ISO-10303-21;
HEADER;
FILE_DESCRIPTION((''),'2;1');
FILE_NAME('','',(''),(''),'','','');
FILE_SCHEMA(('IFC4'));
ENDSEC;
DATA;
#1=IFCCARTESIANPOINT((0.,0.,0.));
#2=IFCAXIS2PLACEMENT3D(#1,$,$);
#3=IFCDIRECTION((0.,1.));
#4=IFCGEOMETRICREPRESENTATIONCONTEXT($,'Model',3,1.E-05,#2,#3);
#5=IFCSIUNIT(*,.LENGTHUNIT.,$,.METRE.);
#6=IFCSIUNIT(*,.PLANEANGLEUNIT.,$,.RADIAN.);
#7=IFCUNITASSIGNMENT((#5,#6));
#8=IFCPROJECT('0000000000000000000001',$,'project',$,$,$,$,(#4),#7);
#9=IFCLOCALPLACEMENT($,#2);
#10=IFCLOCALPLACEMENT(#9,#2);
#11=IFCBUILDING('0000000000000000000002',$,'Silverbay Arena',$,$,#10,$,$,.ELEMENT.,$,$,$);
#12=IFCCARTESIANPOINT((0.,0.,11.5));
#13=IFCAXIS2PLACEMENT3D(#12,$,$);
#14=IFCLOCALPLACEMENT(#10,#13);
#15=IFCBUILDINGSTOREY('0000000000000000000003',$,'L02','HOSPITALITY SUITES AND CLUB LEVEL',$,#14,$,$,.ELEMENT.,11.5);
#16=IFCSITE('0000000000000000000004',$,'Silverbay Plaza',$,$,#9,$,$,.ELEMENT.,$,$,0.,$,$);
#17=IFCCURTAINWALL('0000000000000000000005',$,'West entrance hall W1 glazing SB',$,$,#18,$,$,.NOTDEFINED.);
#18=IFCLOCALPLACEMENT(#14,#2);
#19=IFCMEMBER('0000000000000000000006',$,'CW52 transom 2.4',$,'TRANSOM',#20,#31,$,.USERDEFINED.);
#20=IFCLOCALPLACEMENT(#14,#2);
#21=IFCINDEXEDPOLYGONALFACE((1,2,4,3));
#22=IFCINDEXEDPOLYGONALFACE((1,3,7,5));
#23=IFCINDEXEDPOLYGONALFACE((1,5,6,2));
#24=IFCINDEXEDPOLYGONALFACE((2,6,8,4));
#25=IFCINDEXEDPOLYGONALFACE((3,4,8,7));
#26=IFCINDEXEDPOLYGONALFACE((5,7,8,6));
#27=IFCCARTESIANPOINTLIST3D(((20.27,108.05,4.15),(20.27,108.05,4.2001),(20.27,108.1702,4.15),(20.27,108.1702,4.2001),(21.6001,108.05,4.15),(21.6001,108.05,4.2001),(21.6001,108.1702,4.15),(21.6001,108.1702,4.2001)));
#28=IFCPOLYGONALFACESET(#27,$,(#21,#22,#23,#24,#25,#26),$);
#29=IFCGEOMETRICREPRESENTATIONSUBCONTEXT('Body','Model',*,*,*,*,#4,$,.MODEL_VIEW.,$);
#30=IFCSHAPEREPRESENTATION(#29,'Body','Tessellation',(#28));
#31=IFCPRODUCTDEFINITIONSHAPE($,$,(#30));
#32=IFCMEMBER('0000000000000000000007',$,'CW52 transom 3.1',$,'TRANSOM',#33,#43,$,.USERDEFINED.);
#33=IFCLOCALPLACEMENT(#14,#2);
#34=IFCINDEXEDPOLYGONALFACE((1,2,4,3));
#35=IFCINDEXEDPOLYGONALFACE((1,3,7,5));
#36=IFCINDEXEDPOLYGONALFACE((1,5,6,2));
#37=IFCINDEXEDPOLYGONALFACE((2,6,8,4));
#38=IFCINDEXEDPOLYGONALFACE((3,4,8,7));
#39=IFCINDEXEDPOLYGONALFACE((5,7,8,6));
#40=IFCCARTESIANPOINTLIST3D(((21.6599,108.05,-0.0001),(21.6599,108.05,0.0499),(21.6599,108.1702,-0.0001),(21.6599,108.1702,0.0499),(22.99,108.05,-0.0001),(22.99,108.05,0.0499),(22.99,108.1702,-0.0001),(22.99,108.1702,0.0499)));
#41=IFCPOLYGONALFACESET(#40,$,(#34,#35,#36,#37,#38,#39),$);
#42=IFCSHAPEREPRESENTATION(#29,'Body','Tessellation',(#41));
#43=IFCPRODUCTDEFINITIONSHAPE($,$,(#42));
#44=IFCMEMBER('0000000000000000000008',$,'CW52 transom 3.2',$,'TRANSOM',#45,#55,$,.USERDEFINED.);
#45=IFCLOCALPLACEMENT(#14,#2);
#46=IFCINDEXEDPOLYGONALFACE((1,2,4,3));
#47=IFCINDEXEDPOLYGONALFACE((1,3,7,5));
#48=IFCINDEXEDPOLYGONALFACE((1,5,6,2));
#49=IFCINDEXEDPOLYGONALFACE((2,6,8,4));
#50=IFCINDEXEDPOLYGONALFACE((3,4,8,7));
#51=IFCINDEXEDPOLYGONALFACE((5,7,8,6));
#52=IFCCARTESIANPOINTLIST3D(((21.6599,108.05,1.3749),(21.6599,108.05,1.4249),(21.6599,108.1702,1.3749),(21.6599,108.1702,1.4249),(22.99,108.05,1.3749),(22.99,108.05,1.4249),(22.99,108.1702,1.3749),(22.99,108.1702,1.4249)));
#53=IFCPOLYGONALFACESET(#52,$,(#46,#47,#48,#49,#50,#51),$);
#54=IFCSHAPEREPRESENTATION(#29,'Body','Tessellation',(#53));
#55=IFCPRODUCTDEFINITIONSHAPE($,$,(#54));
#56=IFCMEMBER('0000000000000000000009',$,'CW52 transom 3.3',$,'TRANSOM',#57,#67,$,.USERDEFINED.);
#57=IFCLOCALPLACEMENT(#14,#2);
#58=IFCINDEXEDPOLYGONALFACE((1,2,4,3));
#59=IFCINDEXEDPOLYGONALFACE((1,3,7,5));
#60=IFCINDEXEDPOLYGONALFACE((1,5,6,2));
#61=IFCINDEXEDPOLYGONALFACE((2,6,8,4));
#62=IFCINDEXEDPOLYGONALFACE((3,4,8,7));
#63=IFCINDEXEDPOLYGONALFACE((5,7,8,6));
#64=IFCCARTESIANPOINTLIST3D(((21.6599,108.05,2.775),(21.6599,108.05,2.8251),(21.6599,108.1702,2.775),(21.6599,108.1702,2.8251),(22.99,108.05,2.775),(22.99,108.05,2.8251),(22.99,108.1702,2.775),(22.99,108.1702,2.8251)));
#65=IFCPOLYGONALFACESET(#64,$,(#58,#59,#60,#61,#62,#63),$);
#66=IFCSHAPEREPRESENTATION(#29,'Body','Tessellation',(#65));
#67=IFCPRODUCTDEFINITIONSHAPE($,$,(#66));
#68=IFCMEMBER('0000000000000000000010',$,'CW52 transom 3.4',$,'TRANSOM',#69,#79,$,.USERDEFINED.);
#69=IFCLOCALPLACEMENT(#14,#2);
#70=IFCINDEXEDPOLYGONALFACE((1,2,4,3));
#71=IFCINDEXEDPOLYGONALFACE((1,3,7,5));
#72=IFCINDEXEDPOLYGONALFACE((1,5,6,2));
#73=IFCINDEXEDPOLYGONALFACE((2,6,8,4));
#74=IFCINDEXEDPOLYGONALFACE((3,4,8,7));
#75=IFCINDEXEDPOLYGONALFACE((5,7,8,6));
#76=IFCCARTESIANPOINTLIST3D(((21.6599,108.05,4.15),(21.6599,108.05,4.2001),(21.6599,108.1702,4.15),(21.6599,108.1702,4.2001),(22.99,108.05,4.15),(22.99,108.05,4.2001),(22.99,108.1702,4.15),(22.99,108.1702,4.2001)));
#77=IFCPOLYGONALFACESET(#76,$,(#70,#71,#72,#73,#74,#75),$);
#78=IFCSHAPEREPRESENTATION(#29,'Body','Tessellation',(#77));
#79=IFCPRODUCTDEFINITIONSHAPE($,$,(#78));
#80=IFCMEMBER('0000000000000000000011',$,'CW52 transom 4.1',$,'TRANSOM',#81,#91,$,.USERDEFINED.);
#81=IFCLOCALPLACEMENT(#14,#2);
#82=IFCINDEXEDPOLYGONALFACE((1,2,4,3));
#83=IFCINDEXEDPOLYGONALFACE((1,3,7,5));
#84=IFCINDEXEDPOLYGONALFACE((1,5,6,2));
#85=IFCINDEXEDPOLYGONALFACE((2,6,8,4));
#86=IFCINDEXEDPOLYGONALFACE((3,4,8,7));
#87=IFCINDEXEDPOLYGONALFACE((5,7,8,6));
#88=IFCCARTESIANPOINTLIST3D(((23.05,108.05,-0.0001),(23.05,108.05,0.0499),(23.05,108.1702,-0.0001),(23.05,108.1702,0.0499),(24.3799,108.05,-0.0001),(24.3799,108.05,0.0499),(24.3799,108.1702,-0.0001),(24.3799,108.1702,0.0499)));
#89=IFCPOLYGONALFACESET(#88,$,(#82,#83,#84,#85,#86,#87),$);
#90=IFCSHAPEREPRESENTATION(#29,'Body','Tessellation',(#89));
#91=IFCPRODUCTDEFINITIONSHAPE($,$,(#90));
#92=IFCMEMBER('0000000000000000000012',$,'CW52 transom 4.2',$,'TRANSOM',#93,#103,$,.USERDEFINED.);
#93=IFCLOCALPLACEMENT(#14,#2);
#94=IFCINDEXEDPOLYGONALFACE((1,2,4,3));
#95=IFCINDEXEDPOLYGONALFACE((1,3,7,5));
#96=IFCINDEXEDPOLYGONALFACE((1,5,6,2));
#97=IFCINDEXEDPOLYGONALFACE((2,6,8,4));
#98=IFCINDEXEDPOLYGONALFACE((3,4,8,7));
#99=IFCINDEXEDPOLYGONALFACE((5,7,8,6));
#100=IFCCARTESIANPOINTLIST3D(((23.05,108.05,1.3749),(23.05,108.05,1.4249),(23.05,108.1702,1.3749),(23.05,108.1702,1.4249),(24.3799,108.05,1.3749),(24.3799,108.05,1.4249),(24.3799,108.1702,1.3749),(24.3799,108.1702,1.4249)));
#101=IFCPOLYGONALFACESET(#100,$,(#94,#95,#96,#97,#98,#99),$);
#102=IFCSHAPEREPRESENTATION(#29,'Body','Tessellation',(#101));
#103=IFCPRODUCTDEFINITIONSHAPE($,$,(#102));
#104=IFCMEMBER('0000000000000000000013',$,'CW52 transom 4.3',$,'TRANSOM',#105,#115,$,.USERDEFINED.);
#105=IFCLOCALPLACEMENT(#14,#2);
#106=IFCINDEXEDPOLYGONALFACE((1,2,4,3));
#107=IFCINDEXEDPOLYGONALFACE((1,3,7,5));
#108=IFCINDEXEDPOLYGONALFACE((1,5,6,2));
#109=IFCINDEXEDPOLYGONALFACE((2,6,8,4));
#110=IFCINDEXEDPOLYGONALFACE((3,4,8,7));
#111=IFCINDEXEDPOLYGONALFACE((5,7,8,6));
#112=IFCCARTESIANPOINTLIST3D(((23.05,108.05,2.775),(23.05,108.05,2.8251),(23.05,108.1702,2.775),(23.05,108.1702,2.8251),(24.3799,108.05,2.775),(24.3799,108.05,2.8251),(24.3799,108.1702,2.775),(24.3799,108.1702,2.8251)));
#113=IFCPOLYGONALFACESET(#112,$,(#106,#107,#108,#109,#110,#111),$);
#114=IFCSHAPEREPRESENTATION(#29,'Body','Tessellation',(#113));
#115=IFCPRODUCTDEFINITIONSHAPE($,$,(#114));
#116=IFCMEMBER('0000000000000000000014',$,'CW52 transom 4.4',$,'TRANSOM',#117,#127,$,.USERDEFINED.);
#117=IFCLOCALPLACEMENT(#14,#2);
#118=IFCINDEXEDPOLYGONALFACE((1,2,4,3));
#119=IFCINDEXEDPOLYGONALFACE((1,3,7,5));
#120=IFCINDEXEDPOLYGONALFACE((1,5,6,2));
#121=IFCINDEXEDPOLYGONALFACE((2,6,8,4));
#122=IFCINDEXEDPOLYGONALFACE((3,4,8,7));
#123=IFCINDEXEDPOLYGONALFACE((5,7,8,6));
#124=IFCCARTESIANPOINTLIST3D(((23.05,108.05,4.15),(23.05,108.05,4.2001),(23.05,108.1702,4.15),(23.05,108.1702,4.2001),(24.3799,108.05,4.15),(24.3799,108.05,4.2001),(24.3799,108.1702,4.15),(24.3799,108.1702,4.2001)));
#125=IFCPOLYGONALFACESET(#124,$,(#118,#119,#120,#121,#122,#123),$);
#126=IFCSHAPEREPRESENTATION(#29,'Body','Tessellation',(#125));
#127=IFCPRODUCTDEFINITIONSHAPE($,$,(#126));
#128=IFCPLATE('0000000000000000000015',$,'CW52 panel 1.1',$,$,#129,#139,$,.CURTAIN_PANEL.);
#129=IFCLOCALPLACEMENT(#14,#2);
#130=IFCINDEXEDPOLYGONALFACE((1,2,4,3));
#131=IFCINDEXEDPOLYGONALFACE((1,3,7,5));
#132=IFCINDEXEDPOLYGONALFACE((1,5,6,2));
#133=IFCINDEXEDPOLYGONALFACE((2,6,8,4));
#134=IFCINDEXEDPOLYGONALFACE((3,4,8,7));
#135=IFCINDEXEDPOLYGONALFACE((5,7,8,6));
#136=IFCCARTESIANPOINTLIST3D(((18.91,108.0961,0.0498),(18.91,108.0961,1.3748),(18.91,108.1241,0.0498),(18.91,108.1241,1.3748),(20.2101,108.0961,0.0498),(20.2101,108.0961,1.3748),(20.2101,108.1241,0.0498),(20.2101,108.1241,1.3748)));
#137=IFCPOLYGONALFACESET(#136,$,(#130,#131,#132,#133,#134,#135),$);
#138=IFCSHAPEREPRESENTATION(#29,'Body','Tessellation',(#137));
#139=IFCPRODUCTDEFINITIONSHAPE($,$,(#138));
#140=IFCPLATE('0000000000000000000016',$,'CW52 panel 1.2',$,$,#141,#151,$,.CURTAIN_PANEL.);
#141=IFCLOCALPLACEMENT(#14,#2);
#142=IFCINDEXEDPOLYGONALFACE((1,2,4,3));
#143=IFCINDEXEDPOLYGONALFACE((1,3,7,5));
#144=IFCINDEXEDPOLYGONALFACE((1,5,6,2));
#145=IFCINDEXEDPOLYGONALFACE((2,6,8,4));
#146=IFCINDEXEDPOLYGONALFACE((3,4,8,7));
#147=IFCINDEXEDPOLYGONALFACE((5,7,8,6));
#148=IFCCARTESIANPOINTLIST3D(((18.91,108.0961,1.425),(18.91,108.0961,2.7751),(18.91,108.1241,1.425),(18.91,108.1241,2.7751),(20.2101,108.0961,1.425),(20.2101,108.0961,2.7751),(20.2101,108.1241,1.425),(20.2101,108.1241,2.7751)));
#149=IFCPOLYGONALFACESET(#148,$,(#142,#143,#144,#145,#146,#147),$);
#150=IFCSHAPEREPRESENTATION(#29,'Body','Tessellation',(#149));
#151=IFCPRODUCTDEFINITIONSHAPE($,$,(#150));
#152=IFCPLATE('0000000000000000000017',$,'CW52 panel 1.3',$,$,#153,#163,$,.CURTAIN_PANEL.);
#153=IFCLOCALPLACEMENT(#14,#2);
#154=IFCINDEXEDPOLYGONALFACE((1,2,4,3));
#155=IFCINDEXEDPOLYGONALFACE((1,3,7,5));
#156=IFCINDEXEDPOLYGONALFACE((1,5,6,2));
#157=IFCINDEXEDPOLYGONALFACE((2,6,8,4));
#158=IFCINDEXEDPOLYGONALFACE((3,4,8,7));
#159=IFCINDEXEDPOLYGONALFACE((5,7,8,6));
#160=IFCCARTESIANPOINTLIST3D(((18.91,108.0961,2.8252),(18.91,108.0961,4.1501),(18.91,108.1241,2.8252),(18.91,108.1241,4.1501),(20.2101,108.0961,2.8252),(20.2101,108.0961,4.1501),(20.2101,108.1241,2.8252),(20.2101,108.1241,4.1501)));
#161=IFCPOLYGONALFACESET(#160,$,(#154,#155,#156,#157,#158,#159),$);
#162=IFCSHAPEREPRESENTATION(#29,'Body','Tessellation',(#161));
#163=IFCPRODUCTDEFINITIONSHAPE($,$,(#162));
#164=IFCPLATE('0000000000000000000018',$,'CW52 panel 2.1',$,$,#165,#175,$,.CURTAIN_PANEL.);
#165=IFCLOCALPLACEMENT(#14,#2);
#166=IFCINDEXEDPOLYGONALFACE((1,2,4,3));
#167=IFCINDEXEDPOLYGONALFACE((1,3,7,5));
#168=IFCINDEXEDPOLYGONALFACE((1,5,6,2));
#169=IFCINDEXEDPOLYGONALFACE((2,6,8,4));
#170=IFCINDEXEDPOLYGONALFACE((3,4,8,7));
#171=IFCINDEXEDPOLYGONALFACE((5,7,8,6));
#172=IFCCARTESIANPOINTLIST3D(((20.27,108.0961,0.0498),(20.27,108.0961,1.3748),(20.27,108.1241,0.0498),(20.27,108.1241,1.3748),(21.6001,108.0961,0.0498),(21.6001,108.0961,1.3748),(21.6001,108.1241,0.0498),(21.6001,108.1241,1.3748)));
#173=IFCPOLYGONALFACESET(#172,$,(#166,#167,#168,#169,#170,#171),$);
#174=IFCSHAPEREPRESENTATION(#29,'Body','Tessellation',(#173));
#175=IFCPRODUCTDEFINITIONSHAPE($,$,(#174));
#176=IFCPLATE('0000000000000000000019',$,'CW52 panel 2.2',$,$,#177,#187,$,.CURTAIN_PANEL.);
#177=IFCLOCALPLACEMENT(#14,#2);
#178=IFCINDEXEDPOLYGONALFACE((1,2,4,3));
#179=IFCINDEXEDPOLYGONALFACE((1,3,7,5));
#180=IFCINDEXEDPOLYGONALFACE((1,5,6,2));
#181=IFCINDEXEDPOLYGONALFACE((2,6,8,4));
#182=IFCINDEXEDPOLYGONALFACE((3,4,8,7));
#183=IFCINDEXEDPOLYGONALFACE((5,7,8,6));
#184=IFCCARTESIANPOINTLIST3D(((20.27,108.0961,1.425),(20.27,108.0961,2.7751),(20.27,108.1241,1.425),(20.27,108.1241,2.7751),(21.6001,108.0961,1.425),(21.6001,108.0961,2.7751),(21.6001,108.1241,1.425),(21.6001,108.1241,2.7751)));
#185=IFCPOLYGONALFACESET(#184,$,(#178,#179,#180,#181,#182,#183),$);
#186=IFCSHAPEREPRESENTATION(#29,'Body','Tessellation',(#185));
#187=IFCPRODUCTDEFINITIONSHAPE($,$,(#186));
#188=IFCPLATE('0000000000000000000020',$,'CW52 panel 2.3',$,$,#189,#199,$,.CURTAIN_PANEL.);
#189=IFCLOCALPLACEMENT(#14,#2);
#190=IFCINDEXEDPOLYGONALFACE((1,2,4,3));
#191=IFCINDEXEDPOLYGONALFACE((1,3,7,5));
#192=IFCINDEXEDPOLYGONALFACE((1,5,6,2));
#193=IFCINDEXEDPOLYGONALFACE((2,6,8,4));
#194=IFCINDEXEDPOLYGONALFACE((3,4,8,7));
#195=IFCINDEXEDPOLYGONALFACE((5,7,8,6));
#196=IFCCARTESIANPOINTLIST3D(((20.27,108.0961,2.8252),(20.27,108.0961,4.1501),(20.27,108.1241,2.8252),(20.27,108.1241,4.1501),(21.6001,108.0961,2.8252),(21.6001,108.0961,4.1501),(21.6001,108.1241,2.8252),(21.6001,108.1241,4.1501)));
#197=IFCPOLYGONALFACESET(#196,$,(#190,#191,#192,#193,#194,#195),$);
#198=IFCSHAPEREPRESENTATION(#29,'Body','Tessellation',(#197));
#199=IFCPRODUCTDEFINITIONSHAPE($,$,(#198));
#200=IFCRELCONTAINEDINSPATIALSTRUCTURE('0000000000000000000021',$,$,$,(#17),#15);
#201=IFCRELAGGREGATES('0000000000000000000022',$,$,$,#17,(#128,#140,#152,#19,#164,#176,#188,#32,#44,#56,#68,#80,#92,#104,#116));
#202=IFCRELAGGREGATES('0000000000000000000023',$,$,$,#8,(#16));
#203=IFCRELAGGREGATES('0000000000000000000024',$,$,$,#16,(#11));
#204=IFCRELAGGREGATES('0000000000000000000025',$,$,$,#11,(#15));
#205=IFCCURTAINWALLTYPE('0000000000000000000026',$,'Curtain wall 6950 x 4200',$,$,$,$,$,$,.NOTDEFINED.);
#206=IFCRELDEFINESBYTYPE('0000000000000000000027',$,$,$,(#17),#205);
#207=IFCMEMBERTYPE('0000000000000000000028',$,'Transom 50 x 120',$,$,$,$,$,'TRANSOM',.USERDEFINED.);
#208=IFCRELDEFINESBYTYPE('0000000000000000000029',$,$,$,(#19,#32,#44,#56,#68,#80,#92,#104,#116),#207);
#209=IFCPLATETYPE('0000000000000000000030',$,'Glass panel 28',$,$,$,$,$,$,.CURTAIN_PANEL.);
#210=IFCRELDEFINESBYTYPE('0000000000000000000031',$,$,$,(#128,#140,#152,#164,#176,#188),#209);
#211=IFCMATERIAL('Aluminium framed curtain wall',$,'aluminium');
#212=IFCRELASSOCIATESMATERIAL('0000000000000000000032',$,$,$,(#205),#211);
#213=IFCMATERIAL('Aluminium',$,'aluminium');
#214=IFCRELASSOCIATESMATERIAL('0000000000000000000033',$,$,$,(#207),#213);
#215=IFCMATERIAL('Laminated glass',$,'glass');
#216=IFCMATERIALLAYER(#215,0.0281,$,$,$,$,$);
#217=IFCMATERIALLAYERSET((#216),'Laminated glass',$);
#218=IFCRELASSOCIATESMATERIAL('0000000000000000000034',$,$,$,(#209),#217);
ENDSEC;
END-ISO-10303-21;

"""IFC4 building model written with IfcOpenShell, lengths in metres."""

from ifc_helpers import new_model, si_unit, direction, frame, origin, origin_2d, place, context, subcontext, project, spatial, rectangle, extrude, material, layer, layer_set, material_profile, profile_set, type_object, element, aggregate, save


model = new_model("IFC4")

# Units and contexts
model_context = context("Model", 3, precision=1e-05, world=origin(), true_north=direction((0.0, 1.0)))
body_context = subcontext(model_context, "Body", "Model", "MODEL_VIEW")
ifc_project = project(units=[si_unit("LENGTHUNIT", "METRE"), si_unit("PLANEANGLEUNIT", "RADIAN")], contexts=[model_context])

# Site, building, storey
site_placement = place(None, origin())
site = spatial("IfcSite", under=ifc_project, at=site_placement, Name="Silverbay Plaza", CompositionType="ELEMENT", RefElevation=0.0)
building_placement = place(site_placement, origin())
building = spatial("IfcBuilding", under=site, at=building_placement, Name="Silverbay Arena", CompositionType="ELEMENT")
storey_placement = place(building_placement, frame((0.0, 0.0, 11.5)))
storey = spatial("IfcBuildingStorey", under=building, at=storey_placement, Name="L02", Description="HOSPITALITY SUITES AND CLUB LEVEL", CompositionType="ELEMENT", Elevation=11.5)

# Curtain wall
ifc_material_1 = material(Name="Aluminium framed curtain wall", Category="aluminium")
curtain_wall_type = type_object("IfcCurtainWallType", Name="Curtain wall 6950 x 4200", PredefinedType="NOTDEFINED", material=ifc_material_1)
curtain_wall_placement = place(storey_placement, origin())
curtain_wall = element("IfcCurtainWall", 1, at=curtain_wall_placement, inside=storey, type_object=curtain_wall_type, Name="West entrance hall W1 glazing SB", PredefinedType="NOTDEFINED")

# Members
ifc_material_2 = material(Name="Aluminium", Category="aluminium")
ifc_material_profile_1 = material_profile(ifc_material_2, rectangle(XDim=0.1201, YDim=0.05, at=origin_2d()), Name="Transom 50 x 120")
ifc_profile_set_1 = profile_set([ifc_material_profile_1], Name="Aluminium")
member_type_1 = type_object("IfcMemberType", Name="Transom 50 x 120", ElementType="TRANSOM", PredefinedType="USERDEFINED", material=ifc_profile_set_1)
member_1_placement = place(storey_placement, frame((20.27, 108.1101, 4.175), z_axis=(1.0, 0.0, 0.0), x_axis=(0.0, 1.0, 0.0)))
member_1 = element("IfcMember", 2, at=member_1_placement, type_object=member_type_1, Name="CW52 transom 2.4", ObjectType="TRANSOM", PredefinedType="USERDEFINED", context=body_context, shape_type="SweptSolid", body=[
    extrude(rectangle(XDim=0.1201, YDim=0.05, at=origin_2d()), origin(), (0.0, 0.0, 1.0), 1.3301),
])
member_2_placement = place(storey_placement, frame((21.6599, 108.1101, 0.0249), z_axis=(1.0, 0.0, 0.0), x_axis=(0.0, 1.0, 0.0)))
member_2 = element("IfcMember", 3, at=member_2_placement, type_object=member_type_1, Name="CW52 transom 3.1", ObjectType="TRANSOM", PredefinedType="USERDEFINED", context=body_context, shape_type="SweptSolid", body=[
    extrude(rectangle(XDim=0.1201, YDim=0.05, at=origin_2d()), origin(), (0.0, 0.0, 1.0), 1.3301),
])
member_3_placement = place(storey_placement, frame((21.6599, 108.1101, 1.3999), z_axis=(1.0, 0.0, 0.0), x_axis=(0.0, 1.0, 0.0)))
member_3 = element("IfcMember", 4, at=member_3_placement, type_object=member_type_1, Name="CW52 transom 3.2", ObjectType="TRANSOM", PredefinedType="USERDEFINED", context=body_context, shape_type="SweptSolid", body=[
    extrude(rectangle(XDim=0.1201, YDim=0.05, at=origin_2d()), origin(), (0.0, 0.0, 1.0), 1.3301),
])
member_4_placement = place(storey_placement, frame((21.6599, 108.1101, 2.8), z_axis=(1.0, 0.0, 0.0), x_axis=(0.0, 1.0, 0.0)))
member_4 = element("IfcMember", 5, at=member_4_placement, type_object=member_type_1, Name="CW52 transom 3.3", ObjectType="TRANSOM", PredefinedType="USERDEFINED", context=body_context, shape_type="SweptSolid", body=[
    extrude(rectangle(XDim=0.1201, YDim=0.05, at=origin_2d()), origin(), (0.0, 0.0, 1.0), 1.3301),
])
member_5_placement = place(storey_placement, frame((21.6599, 108.1101, 4.175), z_axis=(1.0, 0.0, 0.0), x_axis=(0.0, 1.0, 0.0)))
member_5 = element("IfcMember", 6, at=member_5_placement, type_object=member_type_1, Name="CW52 transom 3.4", ObjectType="TRANSOM", PredefinedType="USERDEFINED", context=body_context, shape_type="SweptSolid", body=[
    extrude(rectangle(XDim=0.1201, YDim=0.05, at=origin_2d()), origin(), (0.0, 0.0, 1.0), 1.3301),
])
member_6_placement = place(storey_placement, frame((23.05, 108.1101, 0.0249), z_axis=(1.0, 0.0, 0.0), x_axis=(0.0, 1.0, 0.0)))
member_6 = element("IfcMember", 7, at=member_6_placement, type_object=member_type_1, Name="CW52 transom 4.1", ObjectType="TRANSOM", PredefinedType="USERDEFINED", context=body_context, shape_type="SweptSolid", body=[
    extrude(rectangle(XDim=0.1201, YDim=0.05, at=origin_2d()), origin(), (0.0, 0.0, 1.0), 1.3298),
])
member_7_placement = place(storey_placement, frame((23.05, 108.1101, 1.3999), z_axis=(1.0, 0.0, 0.0), x_axis=(0.0, 1.0, 0.0)))
member_7 = element("IfcMember", 8, at=member_7_placement, type_object=member_type_1, Name="CW52 transom 4.2", ObjectType="TRANSOM", PredefinedType="USERDEFINED", context=body_context, shape_type="SweptSolid", body=[
    extrude(rectangle(XDim=0.1201, YDim=0.05, at=origin_2d()), origin(), (0.0, 0.0, 1.0), 1.3298),
])
member_8_placement = place(storey_placement, frame((23.05, 108.1101, 2.8), z_axis=(1.0, 0.0, 0.0), x_axis=(0.0, 1.0, 0.0)))
member_8 = element("IfcMember", 9, at=member_8_placement, type_object=member_type_1, Name="CW52 transom 4.3", ObjectType="TRANSOM", PredefinedType="USERDEFINED", context=body_context, shape_type="SweptSolid", body=[
    extrude(rectangle(XDim=0.1201, YDim=0.05, at=origin_2d()), origin(), (0.0, 0.0, 1.0), 1.3298),
])
member_9_placement = place(storey_placement, frame((23.05, 108.1101, 4.175), z_axis=(1.0, 0.0, 0.0), x_axis=(0.0, 1.0, 0.0)))
member_9 = element("IfcMember", 10, at=member_9_placement, type_object=member_type_1, Name="CW52 transom 4.4", ObjectType="TRANSOM", PredefinedType="USERDEFINED", context=body_context, shape_type="SweptSolid", body=[
    extrude(rectangle(XDim=0.1201, YDim=0.05, at=origin_2d()), origin(), (0.0, 0.0, 1.0), 1.3298),
])

# Plates
ifc_material_3 = material(Name="Laminated glass", Category="glass")
ifc_layer = layer(ifc_material_3, 0.0281)
ifc_layer_set = layer_set([ifc_layer], Name="Laminated glass")
plate_type = type_object("IfcPlateType", Name="Glass panel 28", PredefinedType="CURTAIN_PANEL", material=ifc_layer_set)
plate_1_placement = place(storey_placement, frame((19.5601, 108.1101, 0.0498), z_axis=(0.0, 0.0, 1.0), x_axis=(1.0, 0.0, 0.0)))
plate_1 = element("IfcPlate", 11, at=plate_1_placement, type_object=plate_type, Name="CW52 panel 1.1", PredefinedType="CURTAIN_PANEL", context=body_context, shape_type="SweptSolid", body=[
    extrude(rectangle(XDim=1.3, YDim=0.0281, at=origin_2d()), origin(), (0.0, 0.0, 1.0), 1.325),
])
plate_2_placement = place(storey_placement, frame((19.5601, 108.1101, 1.425), z_axis=(0.0, 0.0, 1.0), x_axis=(1.0, 0.0, 0.0)))
plate_2 = element("IfcPlate", 12, at=plate_2_placement, type_object=plate_type, Name="CW52 panel 1.2", PredefinedType="CURTAIN_PANEL", context=body_context, shape_type="SweptSolid", body=[
    extrude(rectangle(XDim=1.3, YDim=0.0281, at=origin_2d()), origin(), (0.0, 0.0, 1.0), 1.3501),
])
plate_3_placement = place(storey_placement, frame((19.5601, 108.1101, 2.8252), z_axis=(0.0, 0.0, 1.0), x_axis=(1.0, 0.0, 0.0)))
plate_3 = element("IfcPlate", 13, at=plate_3_placement, type_object=plate_type, Name="CW52 panel 1.3", PredefinedType="CURTAIN_PANEL", context=body_context, shape_type="SweptSolid", body=[
    extrude(rectangle(XDim=1.3, YDim=0.0281, at=origin_2d()), origin(), (0.0, 0.0, 1.0), 1.325),
])
plate_4_placement = place(storey_placement, frame((20.9351, 108.1101, 0.0498), z_axis=(0.0, 0.0, 1.0), x_axis=(1.0, 0.0, 0.0)))
plate_4 = element("IfcPlate", 14, at=plate_4_placement, type_object=plate_type, Name="CW52 panel 2.1", PredefinedType="CURTAIN_PANEL", context=body_context, shape_type="SweptSolid", body=[
    extrude(rectangle(XDim=1.3301, YDim=0.0281, at=origin_2d()), origin(), (0.0, 0.0, 1.0), 1.325),
])
plate_5_placement = place(storey_placement, frame((20.9351, 108.1101, 1.425), z_axis=(0.0, 0.0, 1.0), x_axis=(1.0, 0.0, 0.0)))
plate_5 = element("IfcPlate", 15, at=plate_5_placement, type_object=plate_type, Name="CW52 panel 2.2", PredefinedType="CURTAIN_PANEL", context=body_context, shape_type="SweptSolid", body=[
    extrude(rectangle(XDim=1.3301, YDim=0.0281, at=origin_2d()), origin(), (0.0, 0.0, 1.0), 1.3501),
])
plate_6_placement = place(storey_placement, frame((20.9351, 108.1101, 2.8252), z_axis=(0.0, 0.0, 1.0), x_axis=(1.0, 0.0, 0.0)))
plate_6 = element("IfcPlate", 16, at=plate_6_placement, type_object=plate_type, Name="CW52 panel 2.3", PredefinedType="CURTAIN_PANEL", context=body_context, shape_type="SweptSolid", body=[
    extrude(rectangle(XDim=1.3301, YDim=0.0281, at=origin_2d()), origin(), (0.0, 0.0, 1.0), 1.325),
])
aggregate(curtain_wall, [plate_1, plate_2, plate_3, member_1, plate_4, plate_5, plate_6, member_2, member_3, member_4, member_5, member_6, member_7, member_8, member_9])

save(model, "model.ifc")
